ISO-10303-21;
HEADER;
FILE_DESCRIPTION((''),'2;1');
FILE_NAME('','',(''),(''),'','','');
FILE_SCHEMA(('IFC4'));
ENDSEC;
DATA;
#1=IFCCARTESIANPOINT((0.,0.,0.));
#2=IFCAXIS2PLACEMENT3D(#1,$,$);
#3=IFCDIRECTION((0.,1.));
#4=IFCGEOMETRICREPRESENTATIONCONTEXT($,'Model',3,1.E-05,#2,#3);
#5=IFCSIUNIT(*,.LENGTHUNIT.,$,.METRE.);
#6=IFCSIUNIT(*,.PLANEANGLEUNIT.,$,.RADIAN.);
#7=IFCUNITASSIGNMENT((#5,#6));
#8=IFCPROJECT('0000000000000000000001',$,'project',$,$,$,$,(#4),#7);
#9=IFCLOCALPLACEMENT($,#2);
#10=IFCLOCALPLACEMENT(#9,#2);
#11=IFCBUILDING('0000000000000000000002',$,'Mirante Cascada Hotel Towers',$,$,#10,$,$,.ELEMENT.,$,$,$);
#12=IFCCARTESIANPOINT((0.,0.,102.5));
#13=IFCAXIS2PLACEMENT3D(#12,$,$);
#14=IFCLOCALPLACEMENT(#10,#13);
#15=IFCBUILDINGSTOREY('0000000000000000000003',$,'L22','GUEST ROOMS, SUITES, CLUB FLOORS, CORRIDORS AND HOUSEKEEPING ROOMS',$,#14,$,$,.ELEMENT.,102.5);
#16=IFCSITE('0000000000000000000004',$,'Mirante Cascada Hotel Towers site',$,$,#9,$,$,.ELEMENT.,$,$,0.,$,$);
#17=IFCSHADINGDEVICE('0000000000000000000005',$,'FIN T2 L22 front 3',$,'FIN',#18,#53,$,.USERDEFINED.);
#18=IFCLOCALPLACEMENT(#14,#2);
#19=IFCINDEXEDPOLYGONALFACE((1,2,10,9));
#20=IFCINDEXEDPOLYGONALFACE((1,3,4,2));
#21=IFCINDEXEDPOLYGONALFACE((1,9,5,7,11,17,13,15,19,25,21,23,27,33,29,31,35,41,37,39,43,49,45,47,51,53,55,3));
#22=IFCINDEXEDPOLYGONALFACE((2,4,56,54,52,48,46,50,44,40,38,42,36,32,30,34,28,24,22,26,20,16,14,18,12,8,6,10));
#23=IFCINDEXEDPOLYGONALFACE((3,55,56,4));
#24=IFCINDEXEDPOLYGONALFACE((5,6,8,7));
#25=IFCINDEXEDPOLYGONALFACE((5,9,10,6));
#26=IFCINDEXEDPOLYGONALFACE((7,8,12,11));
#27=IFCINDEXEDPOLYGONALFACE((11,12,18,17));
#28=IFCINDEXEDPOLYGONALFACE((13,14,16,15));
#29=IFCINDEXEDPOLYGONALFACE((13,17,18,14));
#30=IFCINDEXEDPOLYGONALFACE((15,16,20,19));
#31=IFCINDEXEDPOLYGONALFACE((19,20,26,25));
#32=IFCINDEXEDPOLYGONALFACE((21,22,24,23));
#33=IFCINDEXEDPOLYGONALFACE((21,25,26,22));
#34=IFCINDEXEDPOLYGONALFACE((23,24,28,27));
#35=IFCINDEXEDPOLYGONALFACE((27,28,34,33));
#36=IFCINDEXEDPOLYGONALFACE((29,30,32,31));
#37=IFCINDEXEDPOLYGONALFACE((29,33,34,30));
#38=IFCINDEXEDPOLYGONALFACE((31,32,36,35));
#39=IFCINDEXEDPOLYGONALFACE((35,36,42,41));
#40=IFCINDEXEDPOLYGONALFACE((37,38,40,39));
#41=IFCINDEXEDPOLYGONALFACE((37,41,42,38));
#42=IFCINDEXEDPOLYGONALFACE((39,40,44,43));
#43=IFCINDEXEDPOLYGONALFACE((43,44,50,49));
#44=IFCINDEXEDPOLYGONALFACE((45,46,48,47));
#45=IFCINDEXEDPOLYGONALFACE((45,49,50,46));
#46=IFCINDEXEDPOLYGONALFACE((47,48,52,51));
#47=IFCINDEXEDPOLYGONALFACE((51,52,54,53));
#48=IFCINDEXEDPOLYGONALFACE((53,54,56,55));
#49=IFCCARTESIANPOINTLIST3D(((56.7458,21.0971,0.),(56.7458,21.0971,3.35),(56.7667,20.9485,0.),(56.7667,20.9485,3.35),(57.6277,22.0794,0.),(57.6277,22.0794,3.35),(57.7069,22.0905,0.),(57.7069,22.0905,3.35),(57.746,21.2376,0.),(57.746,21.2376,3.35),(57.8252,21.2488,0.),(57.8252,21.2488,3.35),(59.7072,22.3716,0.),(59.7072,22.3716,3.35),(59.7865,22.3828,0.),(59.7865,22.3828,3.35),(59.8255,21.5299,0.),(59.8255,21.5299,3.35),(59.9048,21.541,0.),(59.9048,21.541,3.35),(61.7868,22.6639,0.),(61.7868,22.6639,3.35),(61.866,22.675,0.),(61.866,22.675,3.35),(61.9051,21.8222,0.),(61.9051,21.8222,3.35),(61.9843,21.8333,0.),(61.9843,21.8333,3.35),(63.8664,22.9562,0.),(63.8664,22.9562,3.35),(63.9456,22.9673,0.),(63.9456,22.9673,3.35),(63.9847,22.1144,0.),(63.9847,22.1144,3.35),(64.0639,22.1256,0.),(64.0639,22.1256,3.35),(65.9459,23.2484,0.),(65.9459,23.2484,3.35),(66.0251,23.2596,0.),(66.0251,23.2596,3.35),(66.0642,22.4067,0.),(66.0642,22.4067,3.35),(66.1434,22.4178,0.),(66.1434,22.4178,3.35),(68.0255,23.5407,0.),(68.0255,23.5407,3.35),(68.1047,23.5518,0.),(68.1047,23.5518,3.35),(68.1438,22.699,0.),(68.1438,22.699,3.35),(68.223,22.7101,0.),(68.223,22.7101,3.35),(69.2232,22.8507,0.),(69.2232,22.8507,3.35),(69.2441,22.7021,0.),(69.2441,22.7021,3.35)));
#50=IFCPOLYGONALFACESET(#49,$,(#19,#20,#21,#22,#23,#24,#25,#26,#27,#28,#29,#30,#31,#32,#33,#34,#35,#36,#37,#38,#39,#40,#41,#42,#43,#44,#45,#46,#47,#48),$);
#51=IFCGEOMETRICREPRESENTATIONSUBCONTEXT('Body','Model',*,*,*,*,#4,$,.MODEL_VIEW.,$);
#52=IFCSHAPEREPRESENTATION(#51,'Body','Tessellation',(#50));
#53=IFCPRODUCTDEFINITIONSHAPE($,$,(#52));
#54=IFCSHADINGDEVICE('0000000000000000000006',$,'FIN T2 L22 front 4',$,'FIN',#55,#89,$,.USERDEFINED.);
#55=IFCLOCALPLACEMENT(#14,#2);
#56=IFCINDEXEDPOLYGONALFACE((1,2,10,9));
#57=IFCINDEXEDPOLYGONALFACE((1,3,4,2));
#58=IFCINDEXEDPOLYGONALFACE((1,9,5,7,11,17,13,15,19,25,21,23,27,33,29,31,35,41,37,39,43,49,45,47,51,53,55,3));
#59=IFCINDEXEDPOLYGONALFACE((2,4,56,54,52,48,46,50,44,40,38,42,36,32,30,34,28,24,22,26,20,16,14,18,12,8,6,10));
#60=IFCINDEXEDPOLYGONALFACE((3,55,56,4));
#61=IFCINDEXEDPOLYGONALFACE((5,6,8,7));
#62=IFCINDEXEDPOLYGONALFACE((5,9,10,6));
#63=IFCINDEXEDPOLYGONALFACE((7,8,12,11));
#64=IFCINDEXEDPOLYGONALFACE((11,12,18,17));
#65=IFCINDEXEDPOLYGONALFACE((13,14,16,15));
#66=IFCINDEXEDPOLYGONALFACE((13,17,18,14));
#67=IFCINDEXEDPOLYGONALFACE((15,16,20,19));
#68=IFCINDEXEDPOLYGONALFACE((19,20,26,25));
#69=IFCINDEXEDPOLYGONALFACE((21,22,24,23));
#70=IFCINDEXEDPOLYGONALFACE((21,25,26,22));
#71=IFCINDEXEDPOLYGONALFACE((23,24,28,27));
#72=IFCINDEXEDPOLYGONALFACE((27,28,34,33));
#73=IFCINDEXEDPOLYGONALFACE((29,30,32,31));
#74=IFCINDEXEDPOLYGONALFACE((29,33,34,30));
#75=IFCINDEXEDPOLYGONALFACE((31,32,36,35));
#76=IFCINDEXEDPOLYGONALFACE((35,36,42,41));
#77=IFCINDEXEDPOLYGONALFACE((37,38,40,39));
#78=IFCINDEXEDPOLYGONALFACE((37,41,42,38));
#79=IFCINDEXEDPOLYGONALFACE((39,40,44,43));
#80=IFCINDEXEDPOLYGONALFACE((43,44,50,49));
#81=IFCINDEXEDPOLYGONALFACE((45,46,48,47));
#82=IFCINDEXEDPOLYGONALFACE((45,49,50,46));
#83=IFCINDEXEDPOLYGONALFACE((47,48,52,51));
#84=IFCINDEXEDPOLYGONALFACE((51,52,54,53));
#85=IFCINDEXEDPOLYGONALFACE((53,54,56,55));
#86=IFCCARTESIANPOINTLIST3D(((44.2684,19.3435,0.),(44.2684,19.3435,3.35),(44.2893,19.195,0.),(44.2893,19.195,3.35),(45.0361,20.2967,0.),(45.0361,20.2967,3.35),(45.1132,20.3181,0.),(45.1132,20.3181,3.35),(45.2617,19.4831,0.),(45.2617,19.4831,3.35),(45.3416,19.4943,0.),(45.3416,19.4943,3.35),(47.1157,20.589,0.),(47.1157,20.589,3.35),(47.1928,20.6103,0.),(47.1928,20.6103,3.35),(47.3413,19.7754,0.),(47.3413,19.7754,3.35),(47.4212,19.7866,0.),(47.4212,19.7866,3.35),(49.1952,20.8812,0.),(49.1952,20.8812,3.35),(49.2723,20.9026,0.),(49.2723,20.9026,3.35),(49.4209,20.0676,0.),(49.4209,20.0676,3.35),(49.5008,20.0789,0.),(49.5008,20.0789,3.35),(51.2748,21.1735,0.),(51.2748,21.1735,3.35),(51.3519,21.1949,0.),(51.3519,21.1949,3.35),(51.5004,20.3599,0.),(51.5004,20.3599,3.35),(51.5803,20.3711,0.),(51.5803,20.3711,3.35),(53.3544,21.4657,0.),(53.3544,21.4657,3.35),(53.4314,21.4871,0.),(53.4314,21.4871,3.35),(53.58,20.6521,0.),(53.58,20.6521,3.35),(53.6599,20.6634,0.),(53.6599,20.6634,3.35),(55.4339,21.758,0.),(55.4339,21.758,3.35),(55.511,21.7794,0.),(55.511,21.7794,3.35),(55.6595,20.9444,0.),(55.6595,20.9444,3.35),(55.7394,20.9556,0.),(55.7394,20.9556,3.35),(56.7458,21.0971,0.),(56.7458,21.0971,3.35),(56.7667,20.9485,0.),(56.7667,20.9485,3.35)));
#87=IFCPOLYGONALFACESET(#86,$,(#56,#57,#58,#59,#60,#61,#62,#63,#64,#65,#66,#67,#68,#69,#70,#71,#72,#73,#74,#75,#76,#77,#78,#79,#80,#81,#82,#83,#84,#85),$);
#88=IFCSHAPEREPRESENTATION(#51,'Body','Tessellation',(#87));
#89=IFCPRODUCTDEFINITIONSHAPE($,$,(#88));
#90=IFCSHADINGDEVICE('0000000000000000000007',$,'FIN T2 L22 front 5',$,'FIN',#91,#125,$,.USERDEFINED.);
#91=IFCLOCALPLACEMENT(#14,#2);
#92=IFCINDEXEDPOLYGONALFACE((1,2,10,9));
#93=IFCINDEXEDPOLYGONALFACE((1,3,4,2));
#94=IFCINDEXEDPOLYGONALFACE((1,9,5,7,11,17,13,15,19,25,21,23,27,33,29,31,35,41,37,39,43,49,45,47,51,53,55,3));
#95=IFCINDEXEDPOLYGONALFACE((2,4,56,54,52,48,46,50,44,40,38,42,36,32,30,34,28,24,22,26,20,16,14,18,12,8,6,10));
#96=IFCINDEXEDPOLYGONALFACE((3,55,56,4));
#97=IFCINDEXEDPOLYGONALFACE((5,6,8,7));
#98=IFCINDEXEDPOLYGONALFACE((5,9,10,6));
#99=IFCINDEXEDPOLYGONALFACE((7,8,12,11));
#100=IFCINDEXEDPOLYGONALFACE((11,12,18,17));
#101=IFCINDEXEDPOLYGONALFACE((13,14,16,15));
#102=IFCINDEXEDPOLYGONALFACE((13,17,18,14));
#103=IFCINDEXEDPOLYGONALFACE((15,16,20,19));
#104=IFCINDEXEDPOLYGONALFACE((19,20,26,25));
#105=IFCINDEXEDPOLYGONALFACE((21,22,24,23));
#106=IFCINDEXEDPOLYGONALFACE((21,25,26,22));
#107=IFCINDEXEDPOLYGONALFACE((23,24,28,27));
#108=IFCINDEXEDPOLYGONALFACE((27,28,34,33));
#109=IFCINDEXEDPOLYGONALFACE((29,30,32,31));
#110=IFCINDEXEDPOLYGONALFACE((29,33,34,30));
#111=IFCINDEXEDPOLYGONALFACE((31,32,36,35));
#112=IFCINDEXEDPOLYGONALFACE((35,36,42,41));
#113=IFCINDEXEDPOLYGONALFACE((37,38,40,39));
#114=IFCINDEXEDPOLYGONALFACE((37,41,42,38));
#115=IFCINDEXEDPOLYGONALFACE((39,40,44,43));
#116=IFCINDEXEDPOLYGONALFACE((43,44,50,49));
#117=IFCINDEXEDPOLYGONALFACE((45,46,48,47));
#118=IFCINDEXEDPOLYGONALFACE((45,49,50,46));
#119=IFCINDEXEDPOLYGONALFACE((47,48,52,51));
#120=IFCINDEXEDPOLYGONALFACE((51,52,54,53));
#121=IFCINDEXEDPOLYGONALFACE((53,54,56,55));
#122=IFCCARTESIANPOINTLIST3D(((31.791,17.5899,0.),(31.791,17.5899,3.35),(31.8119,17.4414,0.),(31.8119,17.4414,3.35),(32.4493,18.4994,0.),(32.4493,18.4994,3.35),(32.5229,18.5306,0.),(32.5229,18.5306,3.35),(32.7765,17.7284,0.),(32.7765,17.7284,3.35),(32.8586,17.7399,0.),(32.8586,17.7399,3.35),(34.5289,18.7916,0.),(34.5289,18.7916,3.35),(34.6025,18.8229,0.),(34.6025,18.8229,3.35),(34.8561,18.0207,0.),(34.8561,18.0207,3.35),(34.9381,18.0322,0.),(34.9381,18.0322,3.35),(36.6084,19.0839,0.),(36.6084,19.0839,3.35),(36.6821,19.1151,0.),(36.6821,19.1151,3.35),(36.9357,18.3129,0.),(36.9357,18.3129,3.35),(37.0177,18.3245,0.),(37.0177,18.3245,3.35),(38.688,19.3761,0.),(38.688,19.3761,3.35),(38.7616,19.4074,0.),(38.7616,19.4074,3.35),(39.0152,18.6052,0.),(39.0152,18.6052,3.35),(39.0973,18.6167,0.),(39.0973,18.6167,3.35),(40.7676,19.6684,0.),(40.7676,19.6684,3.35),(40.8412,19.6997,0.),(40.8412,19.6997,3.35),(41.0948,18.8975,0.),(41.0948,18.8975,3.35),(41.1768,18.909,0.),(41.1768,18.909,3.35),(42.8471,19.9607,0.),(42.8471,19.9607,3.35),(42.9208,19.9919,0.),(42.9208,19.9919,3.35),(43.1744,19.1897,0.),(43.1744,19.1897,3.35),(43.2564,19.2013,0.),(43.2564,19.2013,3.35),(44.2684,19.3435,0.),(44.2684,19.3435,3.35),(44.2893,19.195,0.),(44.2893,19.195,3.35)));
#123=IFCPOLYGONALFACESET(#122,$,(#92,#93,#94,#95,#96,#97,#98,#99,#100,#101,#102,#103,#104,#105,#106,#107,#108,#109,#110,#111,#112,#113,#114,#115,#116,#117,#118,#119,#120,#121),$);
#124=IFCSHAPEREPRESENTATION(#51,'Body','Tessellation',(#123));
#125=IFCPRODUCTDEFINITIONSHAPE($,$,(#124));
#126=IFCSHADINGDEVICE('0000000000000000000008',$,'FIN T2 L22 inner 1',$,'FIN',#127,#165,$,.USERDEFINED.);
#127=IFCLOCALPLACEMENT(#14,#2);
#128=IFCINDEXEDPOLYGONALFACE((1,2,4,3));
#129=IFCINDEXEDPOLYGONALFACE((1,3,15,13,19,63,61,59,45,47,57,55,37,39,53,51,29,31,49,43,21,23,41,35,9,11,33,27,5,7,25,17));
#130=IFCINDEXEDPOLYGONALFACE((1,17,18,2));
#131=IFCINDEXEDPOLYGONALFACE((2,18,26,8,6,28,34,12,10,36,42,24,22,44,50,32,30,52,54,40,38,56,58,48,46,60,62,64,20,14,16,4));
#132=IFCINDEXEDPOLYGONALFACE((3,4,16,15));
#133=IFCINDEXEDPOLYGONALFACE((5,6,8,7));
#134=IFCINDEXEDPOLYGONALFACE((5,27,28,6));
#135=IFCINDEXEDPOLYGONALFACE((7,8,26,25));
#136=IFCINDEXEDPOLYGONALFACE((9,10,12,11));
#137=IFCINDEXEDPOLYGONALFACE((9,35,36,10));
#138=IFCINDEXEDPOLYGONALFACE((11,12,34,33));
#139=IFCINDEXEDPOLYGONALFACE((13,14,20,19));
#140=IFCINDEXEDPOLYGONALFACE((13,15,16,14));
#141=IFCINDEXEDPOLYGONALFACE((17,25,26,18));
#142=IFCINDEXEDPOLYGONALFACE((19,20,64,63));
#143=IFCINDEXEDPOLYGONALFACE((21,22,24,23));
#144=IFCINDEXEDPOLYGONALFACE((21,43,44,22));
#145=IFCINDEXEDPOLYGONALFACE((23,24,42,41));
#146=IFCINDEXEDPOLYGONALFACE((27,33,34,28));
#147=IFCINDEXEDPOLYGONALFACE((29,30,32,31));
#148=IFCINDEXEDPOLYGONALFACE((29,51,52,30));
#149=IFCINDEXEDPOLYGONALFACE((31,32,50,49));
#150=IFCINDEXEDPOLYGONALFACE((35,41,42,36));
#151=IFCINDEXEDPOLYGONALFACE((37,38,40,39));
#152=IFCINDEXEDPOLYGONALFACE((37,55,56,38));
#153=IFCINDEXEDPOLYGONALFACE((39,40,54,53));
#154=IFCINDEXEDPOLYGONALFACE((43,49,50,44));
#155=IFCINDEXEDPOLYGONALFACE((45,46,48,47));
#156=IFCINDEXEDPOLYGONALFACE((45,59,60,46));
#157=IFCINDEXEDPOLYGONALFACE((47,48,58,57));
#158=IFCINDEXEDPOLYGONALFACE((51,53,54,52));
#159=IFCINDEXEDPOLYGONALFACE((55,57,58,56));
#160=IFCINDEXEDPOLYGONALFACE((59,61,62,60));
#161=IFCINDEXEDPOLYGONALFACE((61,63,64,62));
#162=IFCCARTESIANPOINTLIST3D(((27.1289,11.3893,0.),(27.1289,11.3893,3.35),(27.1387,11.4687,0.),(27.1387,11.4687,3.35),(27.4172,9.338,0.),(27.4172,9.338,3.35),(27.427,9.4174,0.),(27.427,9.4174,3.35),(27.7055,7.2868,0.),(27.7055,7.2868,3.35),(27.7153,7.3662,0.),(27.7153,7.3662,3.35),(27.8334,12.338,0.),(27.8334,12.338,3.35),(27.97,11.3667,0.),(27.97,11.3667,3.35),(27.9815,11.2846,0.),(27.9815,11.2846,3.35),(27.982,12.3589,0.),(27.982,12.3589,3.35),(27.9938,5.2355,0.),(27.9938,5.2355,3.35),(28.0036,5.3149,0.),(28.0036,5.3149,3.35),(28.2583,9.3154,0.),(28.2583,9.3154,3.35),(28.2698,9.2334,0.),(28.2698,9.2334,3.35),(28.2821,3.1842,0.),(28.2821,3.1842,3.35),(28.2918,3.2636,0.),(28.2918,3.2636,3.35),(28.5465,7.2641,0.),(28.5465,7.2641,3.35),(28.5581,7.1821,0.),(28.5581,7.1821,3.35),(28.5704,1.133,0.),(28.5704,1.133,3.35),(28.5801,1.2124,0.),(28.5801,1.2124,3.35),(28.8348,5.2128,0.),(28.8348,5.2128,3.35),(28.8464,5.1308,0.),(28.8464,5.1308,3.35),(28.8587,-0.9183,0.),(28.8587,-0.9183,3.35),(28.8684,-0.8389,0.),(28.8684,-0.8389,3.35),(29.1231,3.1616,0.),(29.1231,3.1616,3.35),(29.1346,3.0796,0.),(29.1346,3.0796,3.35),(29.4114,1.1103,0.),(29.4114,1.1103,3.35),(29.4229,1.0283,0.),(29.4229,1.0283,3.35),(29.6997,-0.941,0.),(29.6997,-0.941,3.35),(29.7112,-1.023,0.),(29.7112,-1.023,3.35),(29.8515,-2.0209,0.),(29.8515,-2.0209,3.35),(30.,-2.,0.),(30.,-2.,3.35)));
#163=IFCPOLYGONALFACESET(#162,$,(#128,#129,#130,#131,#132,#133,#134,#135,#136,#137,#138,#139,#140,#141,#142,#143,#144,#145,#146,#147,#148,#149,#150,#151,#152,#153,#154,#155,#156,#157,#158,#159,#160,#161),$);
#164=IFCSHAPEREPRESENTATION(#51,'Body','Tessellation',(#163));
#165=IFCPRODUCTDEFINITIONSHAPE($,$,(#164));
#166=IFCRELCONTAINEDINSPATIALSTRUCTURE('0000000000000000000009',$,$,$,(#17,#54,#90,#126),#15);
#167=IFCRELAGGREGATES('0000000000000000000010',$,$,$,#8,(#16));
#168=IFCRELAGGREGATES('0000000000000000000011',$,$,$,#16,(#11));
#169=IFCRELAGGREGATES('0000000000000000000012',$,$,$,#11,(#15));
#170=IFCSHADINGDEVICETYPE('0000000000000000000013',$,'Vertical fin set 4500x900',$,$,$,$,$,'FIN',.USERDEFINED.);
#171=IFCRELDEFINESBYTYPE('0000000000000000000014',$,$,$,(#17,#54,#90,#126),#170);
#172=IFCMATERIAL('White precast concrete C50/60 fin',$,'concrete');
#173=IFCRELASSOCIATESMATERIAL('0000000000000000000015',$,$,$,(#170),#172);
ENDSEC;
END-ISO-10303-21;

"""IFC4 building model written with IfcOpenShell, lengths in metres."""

from ifc_helpers import new_model, si_unit, direction, frame, origin, place, context, subcontext, project, spatial, polyline, outline, extrude, material, type_object, element, save


model = new_model("IFC4")

# Units and contexts
model_context = context("Model", 3, precision=1e-05, world=origin(), true_north=direction((0.0, 1.0)))
body_context = subcontext(model_context, "Body", "Model", "MODEL_VIEW")
ifc_project = project(units=[si_unit("LENGTHUNIT", "METRE"), si_unit("PLANEANGLEUNIT", "RADIAN")], contexts=[model_context])

# Site, building, storey
site_placement = place(None, origin())
site = spatial("IfcSite", under=ifc_project, at=site_placement, Name="Mirante Cascada Hotel Towers site", CompositionType="ELEMENT", RefElevation=0.0)
building_placement = place(site_placement, origin())
building = spatial("IfcBuilding", under=site, at=building_placement, Name="Mirante Cascada Hotel Towers", CompositionType="ELEMENT")
storey_placement = place(building_placement, frame((0.0, 0.0, 102.5)))
storey = spatial("IfcBuildingStorey", under=building, at=storey_placement, Name="L22", Description="GUEST ROOMS, SUITES, CLUB FLOORS, CORRIDORS AND HOUSEKEEPING ROOMS", CompositionType="ELEMENT", Elevation=102.5)

# Shading devices
ifc_material_1 = material(Name="White precast concrete C50/60 fin", Category="concrete")
shading_device_type = type_object("IfcShadingDeviceType", Name="Vertical fin set 4500x900", ElementType="FIN", PredefinedType="USERDEFINED", material=ifc_material_1)
shading_device_1_placement = place(storey_placement, origin())
element("IfcShadingDevice", 1, at=shading_device_1_placement, inside=storey, type_object=shading_device_type, Name="FIN T2 L22 front 3", ObjectType="FIN", PredefinedType="USERDEFINED", context=body_context, shape_type="SweptSolid", body=[
    extrude(outline(polyline([(57.7069, 22.0905), (57.8252, 21.2488), (59.8255, 21.5299), (59.7072, 22.3716), (59.7865, 22.3828), (59.9048, 21.541), (61.9051, 21.8222), (61.7868, 22.6639), (61.866, 22.675), (61.9843, 21.8333), (63.9847, 22.1144), (63.8664, 22.9562), (63.9456, 22.9673), (64.0639, 22.1256), (66.0642, 22.4067), (65.9459, 23.2484), (66.0251, 23.2596), (66.1434, 22.4178), (68.1438, 22.699), (68.0255, 23.5407), (68.1047, 23.5518), (68.223, 22.7101), (69.2232, 22.8507), (69.2441, 22.7021), (56.7667, 20.9485), (56.7458, 21.0971), (57.746, 21.2376), (57.6277, 22.0794), (57.7069, 22.0905)])), origin(), (0.0, 0.0, 1.0), 3.35),
])
shading_device_2_placement = place(storey_placement, origin())
element("IfcShadingDevice", 2, at=shading_device_2_placement, inside=storey, type_object=shading_device_type, Name="FIN T2 L22 front 4", ObjectType="FIN", PredefinedType="USERDEFINED", context=body_context, shape_type="SweptSolid", body=[
    extrude(outline(polyline([(45.1132, 20.3181), (45.3416, 19.4943), (47.3413, 19.7754), (47.1157, 20.589), (47.1928, 20.6103), (47.4212, 19.7866), (49.4209, 20.0676), (49.1952, 20.8812), (49.2723, 20.9026), (49.5008, 20.0789), (51.5004, 20.3599), (51.2748, 21.1735), (51.3519, 21.1949), (51.5803, 20.3711), (53.58, 20.6521), (53.3544, 21.4657), (53.4314, 21.4871), (53.6599, 20.6634), (55.6595, 20.9444), (55.4339, 21.758), (55.511, 21.7794), (55.7394, 20.9556), (56.7458, 21.0971), (56.7667, 20.9485), (44.2893, 19.195), (44.2684, 19.3435), (45.2617, 19.4831), (45.0361, 20.2967), (45.1132, 20.3181)])), origin(), (0.0, 0.0, 1.0), 3.35),
])
shading_device_3_placement = place(storey_placement, origin())
element("IfcShadingDevice", 3, at=shading_device_3_placement, inside=storey, type_object=shading_device_type, Name="FIN T2 L22 front 5", ObjectType="FIN", PredefinedType="USERDEFINED", context=body_context, shape_type="SweptSolid", body=[
    extrude(outline(polyline([(32.5229, 18.5306), (32.8586, 17.7399), (34.8561, 18.0207), (34.5289, 18.7916), (34.6025, 18.8229), (34.9381, 18.0322), (36.9357, 18.3129), (36.6084, 19.0839), (36.6821, 19.1151), (37.0177, 18.3245), (39.0152, 18.6052), (38.688, 19.3761), (38.7616, 19.4074), (39.0973, 18.6167), (41.0948, 18.8975), (40.7676, 19.6684), (40.8412, 19.6997), (41.1768, 18.909), (43.1744, 19.1897), (42.8471, 19.9607), (42.9208, 19.9919), (43.2564, 19.2013), (44.2684, 19.3435), (44.2893, 19.195), (31.8119, 17.4414), (31.791, 17.5899), (32.7765, 17.7284), (32.4493, 18.4994), (32.5229, 18.5306)])), origin(), (0.0, 0.0, 1.0), 3.35),
])
shading_device_4_placement = place(storey_placement, origin())
element("IfcShadingDevice", 4, at=shading_device_4_placement, inside=storey, type_object=shading_device_type, Name="FIN T2 L22 inner 1", ObjectType="FIN", PredefinedType="USERDEFINED", context=body_context, shape_type="SweptSolid", body=[
    extrude(outline(polyline([(28.8684, -0.8389), (29.6997, -0.941), (29.4229, 1.0283), (28.5704, 1.133), (28.5801, 1.2124), (29.4114, 1.1103), (29.1346, 3.0796), (28.2821, 3.1842), (28.2918, 3.2636), (29.1231, 3.1616), (28.8464, 5.1308), (27.9938, 5.2355), (28.0036, 5.3149), (28.8348, 5.2128), (28.5581, 7.1821), (27.7055, 7.2868), (27.7153, 7.3662), (28.5465, 7.2641), (28.2698, 9.2334), (27.4172, 9.338), (27.427, 9.4174), (28.2583, 9.3154), (27.9815, 11.2846), (27.1289, 11.3893), (27.1387, 11.4687), (27.97, 11.3667), (27.8334, 12.338), (27.982, 12.3589), (30.0, -2.0), (29.8515, -2.0209), (29.7112, -1.023), (28.8587, -0.9183), (28.8684, -0.8389)])), origin(), (0.0, 0.0, 1.0), 3.35),
])

save(model, "model.ifc")
